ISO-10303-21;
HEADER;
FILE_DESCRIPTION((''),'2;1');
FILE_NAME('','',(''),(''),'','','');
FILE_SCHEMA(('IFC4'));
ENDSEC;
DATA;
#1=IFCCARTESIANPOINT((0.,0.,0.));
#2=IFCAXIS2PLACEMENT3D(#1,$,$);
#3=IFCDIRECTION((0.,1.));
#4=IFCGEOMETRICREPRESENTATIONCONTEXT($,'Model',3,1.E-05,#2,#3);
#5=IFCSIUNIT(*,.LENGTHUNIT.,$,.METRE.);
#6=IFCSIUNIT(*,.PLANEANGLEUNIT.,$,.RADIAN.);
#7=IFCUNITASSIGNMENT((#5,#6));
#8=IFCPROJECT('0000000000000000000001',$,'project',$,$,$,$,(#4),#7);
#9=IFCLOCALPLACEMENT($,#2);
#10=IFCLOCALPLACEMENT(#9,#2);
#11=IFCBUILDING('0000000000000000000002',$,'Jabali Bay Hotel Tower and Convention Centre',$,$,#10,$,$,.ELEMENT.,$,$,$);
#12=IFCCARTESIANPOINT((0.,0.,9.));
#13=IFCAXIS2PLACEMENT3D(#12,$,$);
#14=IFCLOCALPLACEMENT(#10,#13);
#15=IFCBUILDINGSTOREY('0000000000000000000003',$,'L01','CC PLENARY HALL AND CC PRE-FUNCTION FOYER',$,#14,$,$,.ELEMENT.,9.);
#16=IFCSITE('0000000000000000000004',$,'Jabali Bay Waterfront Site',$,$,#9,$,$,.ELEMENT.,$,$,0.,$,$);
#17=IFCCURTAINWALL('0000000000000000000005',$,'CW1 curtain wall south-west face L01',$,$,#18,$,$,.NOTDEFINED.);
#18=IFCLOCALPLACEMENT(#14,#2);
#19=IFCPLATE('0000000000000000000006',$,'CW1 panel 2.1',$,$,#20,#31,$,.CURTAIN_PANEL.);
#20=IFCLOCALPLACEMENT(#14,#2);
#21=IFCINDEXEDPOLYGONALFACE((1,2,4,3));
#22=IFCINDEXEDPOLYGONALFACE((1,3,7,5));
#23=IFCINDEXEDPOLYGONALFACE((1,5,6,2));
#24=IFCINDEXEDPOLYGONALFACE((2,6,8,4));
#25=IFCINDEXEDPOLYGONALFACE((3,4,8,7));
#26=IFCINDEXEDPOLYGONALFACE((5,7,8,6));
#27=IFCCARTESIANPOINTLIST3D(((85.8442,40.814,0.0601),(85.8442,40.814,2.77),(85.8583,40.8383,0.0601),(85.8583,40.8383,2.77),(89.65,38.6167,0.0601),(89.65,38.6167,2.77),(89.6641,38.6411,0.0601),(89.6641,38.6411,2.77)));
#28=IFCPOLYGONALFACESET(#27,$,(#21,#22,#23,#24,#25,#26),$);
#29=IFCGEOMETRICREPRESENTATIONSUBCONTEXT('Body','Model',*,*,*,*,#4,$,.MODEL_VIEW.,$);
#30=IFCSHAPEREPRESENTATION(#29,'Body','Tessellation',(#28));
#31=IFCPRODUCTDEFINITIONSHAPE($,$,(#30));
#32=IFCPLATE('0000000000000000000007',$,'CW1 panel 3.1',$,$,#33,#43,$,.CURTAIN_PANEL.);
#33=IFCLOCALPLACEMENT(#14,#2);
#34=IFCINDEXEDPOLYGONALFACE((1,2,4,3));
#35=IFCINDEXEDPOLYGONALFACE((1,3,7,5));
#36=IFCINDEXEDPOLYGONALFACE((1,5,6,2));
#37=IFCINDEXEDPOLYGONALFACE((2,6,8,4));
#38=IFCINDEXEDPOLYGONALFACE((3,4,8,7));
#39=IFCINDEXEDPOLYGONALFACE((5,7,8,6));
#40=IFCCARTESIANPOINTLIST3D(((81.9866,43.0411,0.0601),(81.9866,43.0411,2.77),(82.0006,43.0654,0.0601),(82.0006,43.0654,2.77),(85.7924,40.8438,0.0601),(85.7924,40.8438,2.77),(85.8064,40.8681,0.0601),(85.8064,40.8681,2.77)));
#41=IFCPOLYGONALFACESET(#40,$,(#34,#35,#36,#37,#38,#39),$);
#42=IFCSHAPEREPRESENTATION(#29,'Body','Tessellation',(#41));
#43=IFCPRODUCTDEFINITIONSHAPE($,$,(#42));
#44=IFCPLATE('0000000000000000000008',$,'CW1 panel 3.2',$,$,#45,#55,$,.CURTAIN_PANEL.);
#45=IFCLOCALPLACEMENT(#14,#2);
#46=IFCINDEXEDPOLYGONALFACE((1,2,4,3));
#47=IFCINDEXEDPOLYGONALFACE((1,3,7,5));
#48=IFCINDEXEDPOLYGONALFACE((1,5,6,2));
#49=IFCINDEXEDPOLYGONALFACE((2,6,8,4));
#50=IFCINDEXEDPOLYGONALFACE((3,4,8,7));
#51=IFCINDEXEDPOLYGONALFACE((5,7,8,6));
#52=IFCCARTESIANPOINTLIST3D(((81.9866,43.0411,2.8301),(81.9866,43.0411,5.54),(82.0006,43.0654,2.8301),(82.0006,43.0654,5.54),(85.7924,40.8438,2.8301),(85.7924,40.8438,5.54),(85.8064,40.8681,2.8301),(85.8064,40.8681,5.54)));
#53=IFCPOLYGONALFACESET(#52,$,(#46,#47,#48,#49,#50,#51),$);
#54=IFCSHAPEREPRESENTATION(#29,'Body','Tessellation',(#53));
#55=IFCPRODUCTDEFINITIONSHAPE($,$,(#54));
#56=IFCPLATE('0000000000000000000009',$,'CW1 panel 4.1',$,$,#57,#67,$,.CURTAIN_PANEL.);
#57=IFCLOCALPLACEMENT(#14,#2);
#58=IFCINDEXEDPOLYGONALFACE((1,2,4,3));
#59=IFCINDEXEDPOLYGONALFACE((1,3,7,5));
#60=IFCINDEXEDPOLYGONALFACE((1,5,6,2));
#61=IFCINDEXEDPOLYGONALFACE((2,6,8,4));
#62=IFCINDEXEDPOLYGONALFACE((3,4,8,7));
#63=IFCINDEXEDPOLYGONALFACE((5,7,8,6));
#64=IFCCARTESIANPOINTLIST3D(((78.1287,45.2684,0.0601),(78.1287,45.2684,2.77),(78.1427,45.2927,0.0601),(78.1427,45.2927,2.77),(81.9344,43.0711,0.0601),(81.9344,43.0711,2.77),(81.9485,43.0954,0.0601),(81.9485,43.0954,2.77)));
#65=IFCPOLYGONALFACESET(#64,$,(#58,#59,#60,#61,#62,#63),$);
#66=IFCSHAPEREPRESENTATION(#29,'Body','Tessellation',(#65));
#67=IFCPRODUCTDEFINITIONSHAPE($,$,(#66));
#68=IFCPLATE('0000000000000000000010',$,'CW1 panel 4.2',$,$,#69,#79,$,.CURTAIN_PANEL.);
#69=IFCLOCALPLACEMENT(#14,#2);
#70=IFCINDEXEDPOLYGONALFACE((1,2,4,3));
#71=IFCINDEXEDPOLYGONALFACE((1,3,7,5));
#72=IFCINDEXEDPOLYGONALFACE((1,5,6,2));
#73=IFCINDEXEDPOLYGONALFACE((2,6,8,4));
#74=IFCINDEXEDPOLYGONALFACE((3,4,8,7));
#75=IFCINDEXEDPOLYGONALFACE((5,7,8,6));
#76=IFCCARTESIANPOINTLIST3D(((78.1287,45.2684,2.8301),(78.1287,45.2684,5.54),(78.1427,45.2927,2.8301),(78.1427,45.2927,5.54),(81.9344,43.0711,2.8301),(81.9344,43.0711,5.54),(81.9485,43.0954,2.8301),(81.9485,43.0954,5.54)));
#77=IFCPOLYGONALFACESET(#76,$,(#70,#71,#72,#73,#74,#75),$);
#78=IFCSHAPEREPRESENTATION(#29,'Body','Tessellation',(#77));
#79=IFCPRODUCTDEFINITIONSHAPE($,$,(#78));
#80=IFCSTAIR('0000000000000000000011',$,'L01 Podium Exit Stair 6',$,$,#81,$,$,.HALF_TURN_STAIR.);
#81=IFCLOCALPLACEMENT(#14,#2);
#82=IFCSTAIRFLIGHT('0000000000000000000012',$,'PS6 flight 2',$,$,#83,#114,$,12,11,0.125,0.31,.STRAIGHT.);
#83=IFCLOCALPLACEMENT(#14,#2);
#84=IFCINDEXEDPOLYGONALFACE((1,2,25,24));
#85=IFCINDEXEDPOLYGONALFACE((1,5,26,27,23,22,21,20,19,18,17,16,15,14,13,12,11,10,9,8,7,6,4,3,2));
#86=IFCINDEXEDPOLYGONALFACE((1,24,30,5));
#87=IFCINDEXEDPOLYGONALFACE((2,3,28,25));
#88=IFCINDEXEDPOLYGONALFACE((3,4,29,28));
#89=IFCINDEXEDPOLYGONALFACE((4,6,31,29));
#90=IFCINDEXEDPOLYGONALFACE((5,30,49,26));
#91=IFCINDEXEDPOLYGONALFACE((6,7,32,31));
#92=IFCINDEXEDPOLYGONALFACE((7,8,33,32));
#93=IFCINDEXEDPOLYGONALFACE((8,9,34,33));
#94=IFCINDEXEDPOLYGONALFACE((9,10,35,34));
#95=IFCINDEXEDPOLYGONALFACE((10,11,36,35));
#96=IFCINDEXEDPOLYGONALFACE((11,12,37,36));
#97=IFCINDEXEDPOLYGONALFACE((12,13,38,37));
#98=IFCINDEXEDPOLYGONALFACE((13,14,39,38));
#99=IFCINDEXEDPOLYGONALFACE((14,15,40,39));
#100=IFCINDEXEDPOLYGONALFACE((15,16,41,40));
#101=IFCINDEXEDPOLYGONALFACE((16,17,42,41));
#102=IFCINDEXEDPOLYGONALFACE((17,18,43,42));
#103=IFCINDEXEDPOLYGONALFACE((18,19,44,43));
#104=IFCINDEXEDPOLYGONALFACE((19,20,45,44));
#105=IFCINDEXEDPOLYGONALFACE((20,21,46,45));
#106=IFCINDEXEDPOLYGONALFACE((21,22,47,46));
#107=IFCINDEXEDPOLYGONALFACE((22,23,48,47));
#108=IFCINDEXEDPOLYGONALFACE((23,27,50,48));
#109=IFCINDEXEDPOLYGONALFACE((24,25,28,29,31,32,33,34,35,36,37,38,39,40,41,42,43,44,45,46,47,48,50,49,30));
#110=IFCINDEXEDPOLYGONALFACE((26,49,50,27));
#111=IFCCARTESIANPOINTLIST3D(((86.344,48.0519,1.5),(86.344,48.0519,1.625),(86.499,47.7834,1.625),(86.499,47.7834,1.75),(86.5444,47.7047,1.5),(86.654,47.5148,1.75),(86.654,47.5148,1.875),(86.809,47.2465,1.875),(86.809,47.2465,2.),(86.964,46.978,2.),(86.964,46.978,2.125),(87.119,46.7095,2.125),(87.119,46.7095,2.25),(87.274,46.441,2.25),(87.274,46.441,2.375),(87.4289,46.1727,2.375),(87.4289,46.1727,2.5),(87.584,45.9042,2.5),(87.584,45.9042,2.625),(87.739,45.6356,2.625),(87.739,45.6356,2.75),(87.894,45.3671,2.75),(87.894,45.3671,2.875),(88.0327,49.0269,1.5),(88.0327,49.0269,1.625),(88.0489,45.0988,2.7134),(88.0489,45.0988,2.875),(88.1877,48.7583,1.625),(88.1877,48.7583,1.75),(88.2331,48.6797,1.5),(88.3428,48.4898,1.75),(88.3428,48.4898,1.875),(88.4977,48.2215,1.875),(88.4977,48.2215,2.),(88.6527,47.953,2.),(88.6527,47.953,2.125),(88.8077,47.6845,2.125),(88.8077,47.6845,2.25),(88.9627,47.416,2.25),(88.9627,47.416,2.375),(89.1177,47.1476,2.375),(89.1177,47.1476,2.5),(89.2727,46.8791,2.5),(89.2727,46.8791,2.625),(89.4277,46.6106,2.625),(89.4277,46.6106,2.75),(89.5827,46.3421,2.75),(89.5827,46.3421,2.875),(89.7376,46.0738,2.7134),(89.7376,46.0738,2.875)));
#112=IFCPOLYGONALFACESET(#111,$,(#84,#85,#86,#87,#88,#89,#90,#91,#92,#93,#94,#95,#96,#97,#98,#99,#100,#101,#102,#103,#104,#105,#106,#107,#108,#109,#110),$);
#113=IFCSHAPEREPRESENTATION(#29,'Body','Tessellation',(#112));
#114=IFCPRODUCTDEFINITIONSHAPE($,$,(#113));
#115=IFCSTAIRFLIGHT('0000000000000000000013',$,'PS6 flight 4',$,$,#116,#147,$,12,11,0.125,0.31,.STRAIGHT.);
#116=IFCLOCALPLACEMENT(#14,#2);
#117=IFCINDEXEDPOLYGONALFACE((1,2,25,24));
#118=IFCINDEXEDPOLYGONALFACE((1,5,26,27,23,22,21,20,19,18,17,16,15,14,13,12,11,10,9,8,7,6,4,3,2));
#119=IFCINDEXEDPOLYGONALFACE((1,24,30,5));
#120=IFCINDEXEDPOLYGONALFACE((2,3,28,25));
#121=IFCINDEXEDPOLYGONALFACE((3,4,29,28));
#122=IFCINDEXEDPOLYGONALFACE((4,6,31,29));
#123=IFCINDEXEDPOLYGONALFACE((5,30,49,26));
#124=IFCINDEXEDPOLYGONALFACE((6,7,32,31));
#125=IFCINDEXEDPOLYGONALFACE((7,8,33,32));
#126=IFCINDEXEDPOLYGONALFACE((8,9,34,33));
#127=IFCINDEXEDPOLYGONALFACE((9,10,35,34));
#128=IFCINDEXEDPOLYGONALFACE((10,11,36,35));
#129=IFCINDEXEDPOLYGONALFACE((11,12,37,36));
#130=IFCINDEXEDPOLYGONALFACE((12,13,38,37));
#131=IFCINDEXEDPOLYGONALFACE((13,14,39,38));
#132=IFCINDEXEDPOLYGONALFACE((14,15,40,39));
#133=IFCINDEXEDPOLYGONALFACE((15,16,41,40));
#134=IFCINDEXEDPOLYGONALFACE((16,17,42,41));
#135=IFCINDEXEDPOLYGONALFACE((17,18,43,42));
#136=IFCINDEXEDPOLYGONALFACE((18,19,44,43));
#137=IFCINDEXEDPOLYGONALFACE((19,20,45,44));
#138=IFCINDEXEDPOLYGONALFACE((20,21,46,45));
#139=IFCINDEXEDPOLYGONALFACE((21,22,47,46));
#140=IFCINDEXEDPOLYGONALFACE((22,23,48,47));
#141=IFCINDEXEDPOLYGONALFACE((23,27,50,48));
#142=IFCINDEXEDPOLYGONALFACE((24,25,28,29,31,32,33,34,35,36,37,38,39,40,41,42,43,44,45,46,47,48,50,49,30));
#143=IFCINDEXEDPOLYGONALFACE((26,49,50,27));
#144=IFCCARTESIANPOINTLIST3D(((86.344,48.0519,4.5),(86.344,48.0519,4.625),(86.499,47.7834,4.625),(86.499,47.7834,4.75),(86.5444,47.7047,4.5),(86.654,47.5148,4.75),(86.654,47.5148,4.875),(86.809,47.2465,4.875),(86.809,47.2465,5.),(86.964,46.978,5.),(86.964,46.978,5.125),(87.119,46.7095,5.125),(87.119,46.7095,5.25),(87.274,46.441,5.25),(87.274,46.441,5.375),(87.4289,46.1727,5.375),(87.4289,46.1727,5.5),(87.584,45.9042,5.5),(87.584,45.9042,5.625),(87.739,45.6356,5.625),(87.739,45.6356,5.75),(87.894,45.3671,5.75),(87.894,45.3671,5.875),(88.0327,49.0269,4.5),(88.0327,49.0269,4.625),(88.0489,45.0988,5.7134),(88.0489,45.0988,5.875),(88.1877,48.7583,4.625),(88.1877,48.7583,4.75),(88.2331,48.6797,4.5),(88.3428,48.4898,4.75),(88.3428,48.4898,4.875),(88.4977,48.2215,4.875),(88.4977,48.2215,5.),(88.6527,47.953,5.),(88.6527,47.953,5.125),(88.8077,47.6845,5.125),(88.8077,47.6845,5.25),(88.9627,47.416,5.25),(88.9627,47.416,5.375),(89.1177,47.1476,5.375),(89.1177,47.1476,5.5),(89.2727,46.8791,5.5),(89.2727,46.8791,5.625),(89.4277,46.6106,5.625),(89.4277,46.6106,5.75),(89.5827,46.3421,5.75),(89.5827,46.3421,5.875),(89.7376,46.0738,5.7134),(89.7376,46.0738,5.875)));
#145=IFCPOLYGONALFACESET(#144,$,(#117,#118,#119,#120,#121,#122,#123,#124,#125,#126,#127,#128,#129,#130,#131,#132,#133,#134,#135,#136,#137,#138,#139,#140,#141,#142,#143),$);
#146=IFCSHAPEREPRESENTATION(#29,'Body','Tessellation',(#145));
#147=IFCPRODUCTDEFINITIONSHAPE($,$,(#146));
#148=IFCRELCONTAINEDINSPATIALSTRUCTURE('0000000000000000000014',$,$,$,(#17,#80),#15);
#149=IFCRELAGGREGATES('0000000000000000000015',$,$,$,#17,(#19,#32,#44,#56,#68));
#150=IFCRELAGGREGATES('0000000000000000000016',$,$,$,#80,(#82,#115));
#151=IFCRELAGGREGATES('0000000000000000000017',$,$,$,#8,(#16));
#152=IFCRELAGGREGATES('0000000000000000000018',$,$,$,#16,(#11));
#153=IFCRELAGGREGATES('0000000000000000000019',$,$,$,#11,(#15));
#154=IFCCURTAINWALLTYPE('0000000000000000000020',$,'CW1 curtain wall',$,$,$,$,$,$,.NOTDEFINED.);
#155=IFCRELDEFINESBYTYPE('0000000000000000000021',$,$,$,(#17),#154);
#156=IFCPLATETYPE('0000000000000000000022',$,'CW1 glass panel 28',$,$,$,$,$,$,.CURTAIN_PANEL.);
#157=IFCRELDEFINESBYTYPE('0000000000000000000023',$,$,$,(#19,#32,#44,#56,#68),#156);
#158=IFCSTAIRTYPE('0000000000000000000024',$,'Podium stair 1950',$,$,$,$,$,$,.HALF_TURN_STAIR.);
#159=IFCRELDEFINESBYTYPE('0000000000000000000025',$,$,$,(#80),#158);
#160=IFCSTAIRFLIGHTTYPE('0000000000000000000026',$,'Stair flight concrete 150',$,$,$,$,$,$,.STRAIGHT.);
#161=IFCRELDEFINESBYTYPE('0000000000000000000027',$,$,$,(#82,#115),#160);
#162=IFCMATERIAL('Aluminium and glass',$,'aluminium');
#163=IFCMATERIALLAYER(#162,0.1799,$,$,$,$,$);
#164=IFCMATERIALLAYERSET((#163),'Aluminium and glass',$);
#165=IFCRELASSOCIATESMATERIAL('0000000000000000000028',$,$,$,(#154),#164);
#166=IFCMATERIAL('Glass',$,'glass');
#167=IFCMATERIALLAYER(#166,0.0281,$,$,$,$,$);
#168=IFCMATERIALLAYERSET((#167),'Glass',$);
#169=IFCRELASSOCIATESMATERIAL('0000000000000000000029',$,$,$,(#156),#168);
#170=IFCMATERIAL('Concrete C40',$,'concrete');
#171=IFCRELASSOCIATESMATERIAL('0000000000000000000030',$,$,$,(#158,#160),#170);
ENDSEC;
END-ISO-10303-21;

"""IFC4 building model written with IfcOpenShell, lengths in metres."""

from ifc_helpers import new_model, si_unit, direction, frame, origin, origin_2d, place, context, subcontext, project, spatial, polyline, rectangle, outline, extrude, material, layer, layer_set, type_object, element, aggregate, save


model = new_model("IFC4")

# Units and contexts
model_context = context("Model", 3, precision=1e-05, world=origin(), true_north=direction((0.0, 1.0)))
body_context = subcontext(model_context, "Body", "Model", "MODEL_VIEW")
ifc_project = project(units=[si_unit("LENGTHUNIT", "METRE"), si_unit("PLANEANGLEUNIT", "RADIAN")], contexts=[model_context])

# Site, building, storey
site_placement = place(None, origin())
site = spatial("IfcSite", under=ifc_project, at=site_placement, Name="Jabali Bay Waterfront Site", CompositionType="ELEMENT", RefElevation=0.0)
building_placement = place(site_placement, origin())
building = spatial("IfcBuilding", under=site, at=building_placement, Name="Jabali Bay Hotel Tower and Convention Centre", CompositionType="ELEMENT")
storey_placement = place(building_placement, frame((0.0, 0.0, 9.0)))
storey = spatial("IfcBuildingStorey", under=building, at=storey_placement, Name="L01", Description="CC PLENARY HALL AND CC PRE-FUNCTION FOYER", CompositionType="ELEMENT", Elevation=9.0)

# Shared definitions
ifc_material_1 = material(Name="Concrete C40", Category="concrete")

# Curtain wall, plates
ifc_material_2 = material(Name="Aluminium and glass", Category="aluminium")
ifc_layer_1 = layer(ifc_material_2, 0.1799)
ifc_layer_set_1 = layer_set([ifc_layer_1], Name="Aluminium and glass")
curtain_wall_type = type_object("IfcCurtainWallType", Name="CW1 curtain wall", PredefinedType="NOTDEFINED", material=ifc_layer_set_1)
curtain_wall_placement = place(storey_placement, origin())
curtain_wall = element("IfcCurtainWall", 1, at=curtain_wall_placement, inside=storey, type_object=curtain_wall_type, Name="CW1 curtain wall south-west face L01", PredefinedType="NOTDEFINED")
ifc_material_3 = material(Name="Glass", Category="glass")
ifc_layer_2 = layer(ifc_material_3, 0.0281)
ifc_layer_set_2 = layer_set([ifc_layer_2], Name="Glass")
plate_type = type_object("IfcPlateType", Name="CW1 glass panel 28", PredefinedType="CURTAIN_PANEL", material=ifc_layer_set_2)
plate_1_placement = place(storey_placement, frame((87.7542, 39.7275, 0.0601), z_axis=(0.0, 0.0, 1.0), x_axis=(-0.866025, 0.5, 0.0)))
plate_1 = element("IfcPlate", 2, at=plate_1_placement, type_object=plate_type, Name="CW1 panel 2.1", PredefinedType="CURTAIN_PANEL", context=body_context, shape_type="SweptSolid", body=[
    extrude(rectangle(XDim=4.3945, YDim=0.0281, at=origin_2d()), origin(), (0.0, 0.0, 1.0), 2.71),
])
plate_2_placement = place(storey_placement, frame((83.8965, 41.9546, 0.0601), z_axis=(0.0, 0.0, 1.0), x_axis=(-0.866025, 0.5, 0.0)))
plate_2 = element("IfcPlate", 3, at=plate_2_placement, type_object=plate_type, Name="CW1 panel 3.1", PredefinedType="CURTAIN_PANEL", context=body_context, shape_type="SweptSolid", body=[
    extrude(rectangle(XDim=4.3945, YDim=0.0281, at=origin_2d()), origin(), (0.0, 0.0, 1.0), 2.71),
])
plate_3_placement = place(storey_placement, frame((83.8965, 41.9546, 2.8301), z_axis=(0.0, 0.0, 1.0), x_axis=(-0.866025, 0.5, 0.0)))
plate_3 = element("IfcPlate", 4, at=plate_3_placement, type_object=plate_type, Name="CW1 panel 3.2", PredefinedType="CURTAIN_PANEL", context=body_context, shape_type="SweptSolid", body=[
    extrude(rectangle(XDim=4.3945, YDim=0.0281, at=origin_2d()), origin(), (0.0, 0.0, 1.0), 2.71),
])
plate_4_placement = place(storey_placement, frame((80.0386, 44.1819, 0.0601), z_axis=(0.0, 0.0, 1.0), x_axis=(-0.866025, 0.5, 0.0)))
plate_4 = element("IfcPlate", 5, at=plate_4_placement, type_object=plate_type, Name="CW1 panel 4.1", PredefinedType="CURTAIN_PANEL", context=body_context, shape_type="SweptSolid", body=[
    extrude(rectangle(XDim=4.3945, YDim=0.0281, at=origin_2d()), origin(), (0.0, 0.0, 1.0), 2.71),
])
plate_5_placement = place(storey_placement, frame((80.0386, 44.1819, 2.8301), z_axis=(0.0, 0.0, 1.0), x_axis=(-0.866025, 0.5, 0.0)))
plate_5 = element("IfcPlate", 6, at=plate_5_placement, type_object=plate_type, Name="CW1 panel 4.2", PredefinedType="CURTAIN_PANEL", context=body_context, shape_type="SweptSolid", body=[
    extrude(rectangle(XDim=4.3945, YDim=0.0281, at=origin_2d()), origin(), (0.0, 0.0, 1.0), 2.71),
])
aggregate(curtain_wall, [plate_1, plate_2, plate_3, plate_4, plate_5])

# Stair, stair flights
stair_type = type_object("IfcStairType", Name="Podium stair 1950", PredefinedType="HALF_TURN_STAIR", material=ifc_material_1)
stair_placement = place(storey_placement, origin())
stair = element("IfcStair", 7, at=stair_placement, inside=storey, type_object=stair_type, Name="L01 Podium Exit Stair 6", PredefinedType="HALF_TURN_STAIR")
stair_flight_type = type_object("IfcStairFlightType", Name="Stair flight concrete 150", PredefinedType="STRAIGHT", material=ifc_material_1)
stair_flight_1_placement = place(storey_placement, frame((87.1882, 48.5393, 1.5), z_axis=(0.0, 0.0, 1.0), x_axis=(0.5, -0.866025, 0.0)))
stair_flight_1 = element("IfcStairFlight", 8, at=stair_flight_1_placement, type_object=stair_flight_type, Name="PS6 flight 2", NumberOfRisers=12, NumberOfTreads=11, PredefinedType="STRAIGHT", RiserHeight=0.125, TreadLength=0.31, context=body_context, shape_type="SweptSolid", body=[
    extrude(outline(polyline([(0.0, 0.0), (0.0, 0.125), (0.3101, 0.125), (0.3101, 0.25), (0.6201, 0.25), (0.6201, 0.375), (0.9299, 0.375), (0.9299, 0.5), (1.24, 0.5), (1.24, 0.625), (1.55, 0.625), (1.55, 0.75), (1.8601, 0.75), (1.8601, 0.875), (2.1699, 0.875), (2.1699, 1.0), (2.48, 1.0), (2.48, 1.125), (2.79, 1.125), (2.79, 1.25), (3.1001, 1.25), (3.1001, 1.375), (3.4099, 1.375), (3.4099, 1.5), (3.4099, 1.2134), (0.4009, 0.0), (0.0, 0.0)])), frame((0.0, 0.9751, 0.0), z_axis=(0.0, -1.0, 0.0), x_axis=(1.0, 0.0, 0.0)), (0.0, 0.0, 1.0), 1.95),
])
stair_flight_2_placement = place(storey_placement, frame((87.1882, 48.5393, 4.5), z_axis=(0.0, 0.0, 1.0), x_axis=(0.5, -0.866025, 0.0)))
stair_flight_2 = element("IfcStairFlight", 9, at=stair_flight_2_placement, type_object=stair_flight_type, Name="PS6 flight 4", NumberOfRisers=12, NumberOfTreads=11, PredefinedType="STRAIGHT", RiserHeight=0.125, TreadLength=0.31, context=body_context, shape_type="SweptSolid", body=[
    extrude(outline(polyline([(0.0, 0.0), (0.0, 0.125), (0.3101, 0.125), (0.3101, 0.25), (0.6201, 0.25), (0.6201, 0.375), (0.9299, 0.375), (0.9299, 0.5), (1.24, 0.5), (1.24, 0.625), (1.55, 0.625), (1.55, 0.75), (1.8601, 0.75), (1.8601, 0.875), (2.1699, 0.875), (2.1699, 1.0), (2.48, 1.0), (2.48, 1.125), (2.79, 1.125), (2.79, 1.25), (3.1001, 1.25), (3.1001, 1.375), (3.4099, 1.375), (3.4099, 1.5), (3.4099, 1.2134), (0.4009, 0.0), (0.0, 0.0)])), frame((0.0, 0.9751, 0.0), z_axis=(0.0, -1.0, 0.0), x_axis=(1.0, 0.0, 0.0)), (0.0, 0.0, 1.0), 1.95),
])
aggregate(stair, [stair_flight_1, stair_flight_2])

save(model, "model.ifc")
